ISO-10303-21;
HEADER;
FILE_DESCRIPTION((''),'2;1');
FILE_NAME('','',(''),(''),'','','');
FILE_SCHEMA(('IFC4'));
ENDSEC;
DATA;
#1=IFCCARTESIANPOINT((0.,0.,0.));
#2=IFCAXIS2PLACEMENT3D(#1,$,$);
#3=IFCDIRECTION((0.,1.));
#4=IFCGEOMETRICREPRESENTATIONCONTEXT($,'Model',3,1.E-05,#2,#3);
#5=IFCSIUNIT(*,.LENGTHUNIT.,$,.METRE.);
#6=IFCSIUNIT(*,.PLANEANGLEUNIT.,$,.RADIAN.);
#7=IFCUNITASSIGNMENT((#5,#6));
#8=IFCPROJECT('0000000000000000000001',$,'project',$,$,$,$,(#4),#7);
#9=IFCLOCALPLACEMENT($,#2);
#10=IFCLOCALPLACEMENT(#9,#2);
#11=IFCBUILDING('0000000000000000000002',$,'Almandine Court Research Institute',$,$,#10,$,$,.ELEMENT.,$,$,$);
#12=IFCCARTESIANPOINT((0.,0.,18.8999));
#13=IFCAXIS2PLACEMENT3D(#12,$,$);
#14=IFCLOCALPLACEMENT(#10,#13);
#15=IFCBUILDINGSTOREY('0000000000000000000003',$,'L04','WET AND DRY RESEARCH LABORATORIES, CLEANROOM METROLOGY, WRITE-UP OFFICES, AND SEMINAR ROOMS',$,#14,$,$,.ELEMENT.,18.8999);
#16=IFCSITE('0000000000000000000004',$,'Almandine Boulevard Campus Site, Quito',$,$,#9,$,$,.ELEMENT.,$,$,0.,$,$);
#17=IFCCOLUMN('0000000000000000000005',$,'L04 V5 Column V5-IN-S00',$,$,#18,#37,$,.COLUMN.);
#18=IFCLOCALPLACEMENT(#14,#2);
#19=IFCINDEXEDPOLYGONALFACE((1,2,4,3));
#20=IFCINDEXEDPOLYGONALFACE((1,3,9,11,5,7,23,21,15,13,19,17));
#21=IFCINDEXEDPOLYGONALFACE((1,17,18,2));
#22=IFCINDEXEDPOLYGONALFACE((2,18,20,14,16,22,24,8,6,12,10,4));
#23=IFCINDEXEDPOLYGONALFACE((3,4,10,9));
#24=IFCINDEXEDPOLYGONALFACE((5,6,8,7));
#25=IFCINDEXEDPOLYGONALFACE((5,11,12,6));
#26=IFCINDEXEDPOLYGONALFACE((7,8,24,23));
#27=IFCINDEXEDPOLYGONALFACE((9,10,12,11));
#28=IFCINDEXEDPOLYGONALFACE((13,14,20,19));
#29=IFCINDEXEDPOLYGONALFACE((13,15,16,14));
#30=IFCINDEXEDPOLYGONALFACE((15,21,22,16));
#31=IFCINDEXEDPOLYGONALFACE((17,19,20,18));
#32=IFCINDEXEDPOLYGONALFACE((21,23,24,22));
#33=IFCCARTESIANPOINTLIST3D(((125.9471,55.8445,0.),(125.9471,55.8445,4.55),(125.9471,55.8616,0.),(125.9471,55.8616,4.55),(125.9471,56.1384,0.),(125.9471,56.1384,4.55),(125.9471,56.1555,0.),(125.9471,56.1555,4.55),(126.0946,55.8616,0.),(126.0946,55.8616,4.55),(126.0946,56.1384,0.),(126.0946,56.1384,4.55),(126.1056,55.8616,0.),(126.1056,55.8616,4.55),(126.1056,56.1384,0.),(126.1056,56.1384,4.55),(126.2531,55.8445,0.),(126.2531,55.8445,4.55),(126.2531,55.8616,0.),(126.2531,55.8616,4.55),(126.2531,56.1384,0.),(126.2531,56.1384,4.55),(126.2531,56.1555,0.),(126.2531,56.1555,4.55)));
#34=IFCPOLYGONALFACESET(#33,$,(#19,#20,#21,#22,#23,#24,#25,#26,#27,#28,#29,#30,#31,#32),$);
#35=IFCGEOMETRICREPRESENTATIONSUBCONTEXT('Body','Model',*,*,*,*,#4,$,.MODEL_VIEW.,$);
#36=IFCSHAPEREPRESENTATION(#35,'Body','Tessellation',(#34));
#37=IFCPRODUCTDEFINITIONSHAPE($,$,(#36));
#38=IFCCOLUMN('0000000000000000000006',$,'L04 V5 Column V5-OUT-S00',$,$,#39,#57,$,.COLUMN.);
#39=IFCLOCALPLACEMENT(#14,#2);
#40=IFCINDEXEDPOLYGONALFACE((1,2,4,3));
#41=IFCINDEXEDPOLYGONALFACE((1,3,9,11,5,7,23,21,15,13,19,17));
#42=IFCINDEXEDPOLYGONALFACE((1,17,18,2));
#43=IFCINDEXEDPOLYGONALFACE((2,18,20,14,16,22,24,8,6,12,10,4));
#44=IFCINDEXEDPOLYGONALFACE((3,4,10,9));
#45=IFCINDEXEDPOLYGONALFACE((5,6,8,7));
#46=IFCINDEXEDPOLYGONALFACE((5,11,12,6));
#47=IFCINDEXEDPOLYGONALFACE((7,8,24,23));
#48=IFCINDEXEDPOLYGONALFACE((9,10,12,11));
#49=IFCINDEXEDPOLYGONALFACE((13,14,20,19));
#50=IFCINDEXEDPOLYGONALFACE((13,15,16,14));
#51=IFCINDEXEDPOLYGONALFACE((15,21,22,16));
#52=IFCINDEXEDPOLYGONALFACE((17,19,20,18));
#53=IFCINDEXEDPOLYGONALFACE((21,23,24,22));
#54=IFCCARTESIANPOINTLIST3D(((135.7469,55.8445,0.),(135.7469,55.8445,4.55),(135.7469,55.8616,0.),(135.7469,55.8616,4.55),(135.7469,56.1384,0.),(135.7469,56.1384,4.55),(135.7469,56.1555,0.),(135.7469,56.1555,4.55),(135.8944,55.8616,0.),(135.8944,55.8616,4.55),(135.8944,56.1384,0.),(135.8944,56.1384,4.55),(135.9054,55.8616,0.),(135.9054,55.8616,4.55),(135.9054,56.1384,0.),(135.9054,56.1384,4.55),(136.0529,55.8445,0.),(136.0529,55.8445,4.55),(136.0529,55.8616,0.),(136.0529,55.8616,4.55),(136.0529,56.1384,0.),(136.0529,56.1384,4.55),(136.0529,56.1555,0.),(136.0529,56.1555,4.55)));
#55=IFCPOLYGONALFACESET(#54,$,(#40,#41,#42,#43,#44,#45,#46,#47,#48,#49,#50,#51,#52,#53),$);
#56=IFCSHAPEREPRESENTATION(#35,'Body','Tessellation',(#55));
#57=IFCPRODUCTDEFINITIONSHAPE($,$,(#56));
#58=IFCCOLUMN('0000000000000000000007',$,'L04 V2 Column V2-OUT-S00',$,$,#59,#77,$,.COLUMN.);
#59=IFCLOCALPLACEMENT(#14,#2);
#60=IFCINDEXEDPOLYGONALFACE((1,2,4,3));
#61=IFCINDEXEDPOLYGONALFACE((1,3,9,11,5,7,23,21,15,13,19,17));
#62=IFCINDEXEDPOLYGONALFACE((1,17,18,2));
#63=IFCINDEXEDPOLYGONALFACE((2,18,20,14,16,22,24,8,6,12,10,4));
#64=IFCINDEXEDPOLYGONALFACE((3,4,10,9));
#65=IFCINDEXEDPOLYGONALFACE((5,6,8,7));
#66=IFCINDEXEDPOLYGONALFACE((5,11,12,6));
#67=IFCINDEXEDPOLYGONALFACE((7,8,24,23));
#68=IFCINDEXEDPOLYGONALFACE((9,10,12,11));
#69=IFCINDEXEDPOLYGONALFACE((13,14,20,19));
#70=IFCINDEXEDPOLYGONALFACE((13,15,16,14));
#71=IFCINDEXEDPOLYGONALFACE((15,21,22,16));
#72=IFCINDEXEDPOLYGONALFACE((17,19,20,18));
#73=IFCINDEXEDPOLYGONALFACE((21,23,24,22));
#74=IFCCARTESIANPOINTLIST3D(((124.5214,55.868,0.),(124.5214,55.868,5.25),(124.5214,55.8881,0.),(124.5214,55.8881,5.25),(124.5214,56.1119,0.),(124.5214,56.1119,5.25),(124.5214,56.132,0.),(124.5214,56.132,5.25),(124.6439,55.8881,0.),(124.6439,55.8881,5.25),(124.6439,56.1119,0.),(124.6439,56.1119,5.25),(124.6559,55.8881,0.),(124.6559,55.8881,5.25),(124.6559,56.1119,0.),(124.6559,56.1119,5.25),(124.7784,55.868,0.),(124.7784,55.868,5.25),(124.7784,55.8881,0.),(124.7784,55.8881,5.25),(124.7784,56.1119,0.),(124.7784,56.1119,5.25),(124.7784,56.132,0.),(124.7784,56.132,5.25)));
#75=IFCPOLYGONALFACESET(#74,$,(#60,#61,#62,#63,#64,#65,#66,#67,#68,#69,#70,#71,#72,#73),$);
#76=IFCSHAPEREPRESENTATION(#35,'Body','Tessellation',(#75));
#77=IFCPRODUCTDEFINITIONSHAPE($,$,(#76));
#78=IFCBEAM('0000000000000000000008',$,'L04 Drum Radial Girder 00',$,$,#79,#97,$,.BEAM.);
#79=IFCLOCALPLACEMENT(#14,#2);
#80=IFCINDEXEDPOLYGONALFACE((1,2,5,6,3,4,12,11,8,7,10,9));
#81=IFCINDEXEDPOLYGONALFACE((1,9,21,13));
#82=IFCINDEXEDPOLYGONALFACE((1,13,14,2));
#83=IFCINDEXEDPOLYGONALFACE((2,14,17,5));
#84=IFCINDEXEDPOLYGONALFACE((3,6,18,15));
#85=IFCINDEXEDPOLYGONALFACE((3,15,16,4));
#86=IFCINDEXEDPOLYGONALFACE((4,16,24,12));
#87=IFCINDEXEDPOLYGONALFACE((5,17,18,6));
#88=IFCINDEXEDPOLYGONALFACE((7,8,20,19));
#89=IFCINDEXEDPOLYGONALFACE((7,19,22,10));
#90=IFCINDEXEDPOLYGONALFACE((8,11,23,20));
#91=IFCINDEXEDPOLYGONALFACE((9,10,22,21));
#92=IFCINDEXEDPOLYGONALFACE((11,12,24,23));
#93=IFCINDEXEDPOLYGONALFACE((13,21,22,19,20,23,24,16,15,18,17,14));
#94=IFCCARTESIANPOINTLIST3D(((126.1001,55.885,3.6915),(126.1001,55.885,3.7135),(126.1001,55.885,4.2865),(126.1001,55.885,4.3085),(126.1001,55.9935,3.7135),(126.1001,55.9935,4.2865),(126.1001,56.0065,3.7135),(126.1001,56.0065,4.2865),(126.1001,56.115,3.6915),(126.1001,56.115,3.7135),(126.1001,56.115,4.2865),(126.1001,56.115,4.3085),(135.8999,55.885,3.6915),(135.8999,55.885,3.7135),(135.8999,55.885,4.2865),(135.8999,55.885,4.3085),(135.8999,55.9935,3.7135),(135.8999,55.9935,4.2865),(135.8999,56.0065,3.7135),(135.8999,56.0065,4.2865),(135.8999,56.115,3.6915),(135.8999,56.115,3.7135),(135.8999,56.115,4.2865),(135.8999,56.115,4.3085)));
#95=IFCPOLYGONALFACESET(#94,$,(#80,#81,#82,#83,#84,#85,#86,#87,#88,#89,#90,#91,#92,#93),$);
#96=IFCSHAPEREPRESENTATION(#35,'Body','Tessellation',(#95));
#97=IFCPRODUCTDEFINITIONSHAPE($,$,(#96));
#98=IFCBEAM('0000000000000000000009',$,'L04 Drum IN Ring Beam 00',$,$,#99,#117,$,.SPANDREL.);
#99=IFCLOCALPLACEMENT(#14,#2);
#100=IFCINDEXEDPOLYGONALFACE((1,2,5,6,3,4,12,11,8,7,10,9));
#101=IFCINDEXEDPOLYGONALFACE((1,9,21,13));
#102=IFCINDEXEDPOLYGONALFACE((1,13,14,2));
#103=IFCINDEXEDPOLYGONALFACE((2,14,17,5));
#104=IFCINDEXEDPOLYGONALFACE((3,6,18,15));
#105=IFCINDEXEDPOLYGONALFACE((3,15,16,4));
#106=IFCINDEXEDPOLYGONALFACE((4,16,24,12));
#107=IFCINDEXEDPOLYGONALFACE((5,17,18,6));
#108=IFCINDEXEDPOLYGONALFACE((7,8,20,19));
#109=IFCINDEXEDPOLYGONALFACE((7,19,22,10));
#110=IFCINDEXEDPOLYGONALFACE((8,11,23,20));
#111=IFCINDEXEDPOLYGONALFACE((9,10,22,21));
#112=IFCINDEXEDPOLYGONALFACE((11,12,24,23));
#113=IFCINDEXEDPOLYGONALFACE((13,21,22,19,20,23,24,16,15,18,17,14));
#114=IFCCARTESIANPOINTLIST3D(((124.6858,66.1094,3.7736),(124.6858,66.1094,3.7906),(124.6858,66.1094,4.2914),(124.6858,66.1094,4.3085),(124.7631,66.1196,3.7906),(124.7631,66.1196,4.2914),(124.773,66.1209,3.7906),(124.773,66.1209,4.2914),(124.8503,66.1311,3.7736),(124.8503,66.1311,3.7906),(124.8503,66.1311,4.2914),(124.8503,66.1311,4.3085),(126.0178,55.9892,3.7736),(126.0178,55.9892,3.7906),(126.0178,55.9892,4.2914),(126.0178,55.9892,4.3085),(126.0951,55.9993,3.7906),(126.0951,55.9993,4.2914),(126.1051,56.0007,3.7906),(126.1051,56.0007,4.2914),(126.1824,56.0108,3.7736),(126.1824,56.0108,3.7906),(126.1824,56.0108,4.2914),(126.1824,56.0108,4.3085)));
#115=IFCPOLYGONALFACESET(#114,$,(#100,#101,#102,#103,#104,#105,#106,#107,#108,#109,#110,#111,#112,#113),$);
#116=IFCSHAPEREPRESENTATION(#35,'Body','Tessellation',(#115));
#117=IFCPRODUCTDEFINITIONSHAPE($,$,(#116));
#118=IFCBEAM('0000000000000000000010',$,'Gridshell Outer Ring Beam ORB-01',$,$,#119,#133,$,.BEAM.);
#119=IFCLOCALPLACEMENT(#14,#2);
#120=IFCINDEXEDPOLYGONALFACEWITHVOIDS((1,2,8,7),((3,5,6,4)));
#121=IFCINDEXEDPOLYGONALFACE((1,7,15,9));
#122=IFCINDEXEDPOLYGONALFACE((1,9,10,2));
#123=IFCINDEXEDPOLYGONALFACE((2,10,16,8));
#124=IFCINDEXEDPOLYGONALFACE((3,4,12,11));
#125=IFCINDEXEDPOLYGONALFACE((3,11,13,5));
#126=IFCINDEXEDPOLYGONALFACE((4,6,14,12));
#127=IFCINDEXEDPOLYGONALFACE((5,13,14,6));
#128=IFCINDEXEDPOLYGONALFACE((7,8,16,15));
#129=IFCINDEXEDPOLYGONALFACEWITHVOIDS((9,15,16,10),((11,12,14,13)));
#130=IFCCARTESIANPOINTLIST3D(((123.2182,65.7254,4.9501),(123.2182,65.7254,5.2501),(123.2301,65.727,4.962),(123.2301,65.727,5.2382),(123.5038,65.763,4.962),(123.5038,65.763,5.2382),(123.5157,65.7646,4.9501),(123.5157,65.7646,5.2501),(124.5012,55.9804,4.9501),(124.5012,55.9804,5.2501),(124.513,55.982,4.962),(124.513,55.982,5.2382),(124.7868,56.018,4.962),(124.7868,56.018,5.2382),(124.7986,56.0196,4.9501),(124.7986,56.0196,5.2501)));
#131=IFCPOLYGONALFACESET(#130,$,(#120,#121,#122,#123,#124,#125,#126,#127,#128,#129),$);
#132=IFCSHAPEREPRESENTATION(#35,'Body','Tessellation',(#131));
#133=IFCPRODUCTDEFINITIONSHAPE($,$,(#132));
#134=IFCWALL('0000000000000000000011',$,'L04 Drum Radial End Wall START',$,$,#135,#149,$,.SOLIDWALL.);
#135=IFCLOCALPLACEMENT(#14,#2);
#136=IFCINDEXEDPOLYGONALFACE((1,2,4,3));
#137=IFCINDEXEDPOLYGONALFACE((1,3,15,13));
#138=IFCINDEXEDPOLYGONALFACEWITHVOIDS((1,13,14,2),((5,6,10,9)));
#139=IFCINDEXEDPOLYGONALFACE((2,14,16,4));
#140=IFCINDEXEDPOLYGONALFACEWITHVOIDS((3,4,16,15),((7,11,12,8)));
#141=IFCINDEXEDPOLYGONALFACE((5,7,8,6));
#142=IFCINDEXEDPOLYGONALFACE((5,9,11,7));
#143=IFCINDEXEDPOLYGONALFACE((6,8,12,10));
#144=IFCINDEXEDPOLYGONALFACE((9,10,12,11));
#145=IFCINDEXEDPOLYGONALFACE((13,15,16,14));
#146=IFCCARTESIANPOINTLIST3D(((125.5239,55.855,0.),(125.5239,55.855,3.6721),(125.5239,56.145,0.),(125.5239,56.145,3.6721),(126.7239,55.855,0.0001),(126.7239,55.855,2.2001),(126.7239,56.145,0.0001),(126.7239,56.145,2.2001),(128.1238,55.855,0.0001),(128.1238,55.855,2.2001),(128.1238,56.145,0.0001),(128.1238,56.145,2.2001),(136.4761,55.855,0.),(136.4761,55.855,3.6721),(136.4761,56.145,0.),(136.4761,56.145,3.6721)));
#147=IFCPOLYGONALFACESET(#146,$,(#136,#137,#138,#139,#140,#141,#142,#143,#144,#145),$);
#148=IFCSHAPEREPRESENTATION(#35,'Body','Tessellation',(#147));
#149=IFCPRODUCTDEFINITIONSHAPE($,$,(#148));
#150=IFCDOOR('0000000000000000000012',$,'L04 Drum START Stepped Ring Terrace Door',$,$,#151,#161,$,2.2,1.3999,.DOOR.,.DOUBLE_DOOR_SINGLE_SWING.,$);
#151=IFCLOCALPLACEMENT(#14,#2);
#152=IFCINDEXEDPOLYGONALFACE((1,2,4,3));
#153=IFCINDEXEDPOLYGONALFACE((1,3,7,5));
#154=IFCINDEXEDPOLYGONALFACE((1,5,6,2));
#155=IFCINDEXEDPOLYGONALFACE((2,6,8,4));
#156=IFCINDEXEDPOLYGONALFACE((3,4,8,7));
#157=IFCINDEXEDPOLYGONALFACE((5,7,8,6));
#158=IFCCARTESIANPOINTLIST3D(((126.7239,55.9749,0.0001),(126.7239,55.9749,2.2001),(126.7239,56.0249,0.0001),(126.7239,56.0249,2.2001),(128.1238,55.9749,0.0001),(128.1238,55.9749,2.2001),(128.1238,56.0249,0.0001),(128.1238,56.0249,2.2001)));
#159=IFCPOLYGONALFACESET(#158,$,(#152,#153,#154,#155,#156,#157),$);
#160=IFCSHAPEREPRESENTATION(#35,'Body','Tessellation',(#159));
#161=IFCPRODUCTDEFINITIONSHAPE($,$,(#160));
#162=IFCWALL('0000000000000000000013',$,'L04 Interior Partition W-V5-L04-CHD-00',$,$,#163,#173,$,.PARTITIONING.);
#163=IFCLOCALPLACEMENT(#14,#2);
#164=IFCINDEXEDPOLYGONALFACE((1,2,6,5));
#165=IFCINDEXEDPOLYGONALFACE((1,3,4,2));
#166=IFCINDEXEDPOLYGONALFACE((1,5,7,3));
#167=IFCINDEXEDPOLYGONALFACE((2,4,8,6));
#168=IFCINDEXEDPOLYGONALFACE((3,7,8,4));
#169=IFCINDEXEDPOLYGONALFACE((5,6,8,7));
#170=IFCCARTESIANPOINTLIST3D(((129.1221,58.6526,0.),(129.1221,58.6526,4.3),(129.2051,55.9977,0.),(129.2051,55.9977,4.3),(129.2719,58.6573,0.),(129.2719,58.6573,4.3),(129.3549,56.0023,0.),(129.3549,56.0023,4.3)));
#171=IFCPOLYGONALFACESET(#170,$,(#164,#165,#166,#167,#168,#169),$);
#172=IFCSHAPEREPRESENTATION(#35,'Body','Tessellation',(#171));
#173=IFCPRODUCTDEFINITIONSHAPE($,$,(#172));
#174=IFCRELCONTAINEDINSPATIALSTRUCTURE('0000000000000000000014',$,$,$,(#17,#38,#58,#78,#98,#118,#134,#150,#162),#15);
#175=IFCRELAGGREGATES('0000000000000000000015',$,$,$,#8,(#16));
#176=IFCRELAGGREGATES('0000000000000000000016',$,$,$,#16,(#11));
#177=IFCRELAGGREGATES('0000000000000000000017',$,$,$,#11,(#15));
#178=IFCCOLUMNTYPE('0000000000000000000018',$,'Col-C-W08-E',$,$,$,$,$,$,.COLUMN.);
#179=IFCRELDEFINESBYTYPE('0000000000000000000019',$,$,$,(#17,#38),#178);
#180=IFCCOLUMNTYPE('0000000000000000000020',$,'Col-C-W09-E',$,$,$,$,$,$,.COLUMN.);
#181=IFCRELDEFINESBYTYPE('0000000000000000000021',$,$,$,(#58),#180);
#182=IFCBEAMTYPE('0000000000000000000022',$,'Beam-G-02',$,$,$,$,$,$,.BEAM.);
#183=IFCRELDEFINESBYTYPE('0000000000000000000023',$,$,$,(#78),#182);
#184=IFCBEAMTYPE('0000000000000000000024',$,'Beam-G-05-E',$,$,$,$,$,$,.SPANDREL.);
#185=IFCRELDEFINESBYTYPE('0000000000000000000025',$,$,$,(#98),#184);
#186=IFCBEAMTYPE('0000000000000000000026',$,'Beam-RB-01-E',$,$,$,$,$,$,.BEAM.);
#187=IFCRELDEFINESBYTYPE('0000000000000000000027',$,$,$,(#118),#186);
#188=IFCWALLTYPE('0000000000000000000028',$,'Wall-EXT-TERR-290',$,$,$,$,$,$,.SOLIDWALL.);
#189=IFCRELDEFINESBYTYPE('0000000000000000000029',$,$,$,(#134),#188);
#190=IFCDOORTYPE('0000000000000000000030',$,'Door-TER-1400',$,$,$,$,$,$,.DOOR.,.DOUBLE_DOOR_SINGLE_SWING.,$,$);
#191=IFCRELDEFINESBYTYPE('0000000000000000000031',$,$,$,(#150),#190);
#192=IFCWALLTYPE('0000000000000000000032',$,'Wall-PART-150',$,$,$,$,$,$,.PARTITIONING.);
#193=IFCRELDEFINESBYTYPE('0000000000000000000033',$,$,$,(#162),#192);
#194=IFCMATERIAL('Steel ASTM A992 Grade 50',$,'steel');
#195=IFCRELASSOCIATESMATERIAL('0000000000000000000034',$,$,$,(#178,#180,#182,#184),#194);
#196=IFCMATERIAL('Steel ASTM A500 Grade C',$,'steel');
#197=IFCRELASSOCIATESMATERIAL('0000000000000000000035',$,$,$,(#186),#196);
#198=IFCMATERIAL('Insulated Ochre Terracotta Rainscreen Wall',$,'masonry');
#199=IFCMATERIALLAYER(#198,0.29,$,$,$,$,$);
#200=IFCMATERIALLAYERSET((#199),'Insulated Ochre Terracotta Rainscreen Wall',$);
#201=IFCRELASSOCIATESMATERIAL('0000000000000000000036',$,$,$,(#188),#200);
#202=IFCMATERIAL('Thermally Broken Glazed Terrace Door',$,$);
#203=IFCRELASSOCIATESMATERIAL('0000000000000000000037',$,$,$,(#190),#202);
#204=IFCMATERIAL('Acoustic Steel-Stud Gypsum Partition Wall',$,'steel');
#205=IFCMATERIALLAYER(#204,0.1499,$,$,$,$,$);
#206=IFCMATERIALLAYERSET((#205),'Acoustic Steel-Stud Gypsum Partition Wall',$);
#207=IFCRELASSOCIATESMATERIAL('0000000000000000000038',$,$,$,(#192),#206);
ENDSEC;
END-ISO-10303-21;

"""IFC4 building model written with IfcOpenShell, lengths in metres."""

from ifc_helpers import new_model, si_unit, direction, frame, frame_2d, origin, origin_2d, place, context, subcontext, project, spatial, rectangle, hollow_rectangle, i_section, extrude, material, layer, layer_set, material_profile, profile_set, type_object, element, fill, save


model = new_model("IFC4")

# Units and contexts
model_context = context("Model", 3, precision=1e-05, world=origin(), true_north=direction((0.0, 1.0)))
body_context = subcontext(model_context, "Body", "Model", "MODEL_VIEW")
ifc_project = project(units=[si_unit("LENGTHUNIT", "METRE"), si_unit("PLANEANGLEUNIT", "RADIAN")], contexts=[model_context])

# Site, building, storey
site_placement = place(None, origin())
site = spatial("IfcSite", under=ifc_project, at=site_placement, Name="Almandine Boulevard Campus Site, Quito", CompositionType="ELEMENT", RefElevation=0.0)
building_placement = place(site_placement, origin())
building = spatial("IfcBuilding", under=site, at=building_placement, Name="Almandine Court Research Institute", CompositionType="ELEMENT")
storey_placement = place(building_placement, frame((0.0, 0.0, 18.8999)))
storey = spatial("IfcBuildingStorey", under=building, at=storey_placement, Name="L04", Description="WET AND DRY RESEARCH LABORATORIES, CLEANROOM METROLOGY, WRITE-UP OFFICES, AND SEMINAR ROOMS", CompositionType="ELEMENT", Elevation=18.8999)

# Columns
ifc_material_1 = material(Name="Steel ASTM A992 Grade 50", Category="steel")
ifc_material_profile_1 = material_profile(ifc_material_1, i_section(OverallWidth=0.3059, OverallDepth=0.311, WebThickness=0.011, FlangeThickness=0.0171, at=origin_2d()), Name="W310x107")
ifc_profile_set_1 = profile_set([ifc_material_profile_1], Name="Steel ASTM A992 Grade 50")
column_type_1 = type_object("IfcColumnType", Name="Col-C-W08-E", PredefinedType="COLUMN", material=ifc_profile_set_1)
for number, where, z_axis, x_axis, name in (
    (1, (126.1001, 56.0, 0.0), (0.0, 0.0, 1.0), (1.0, 0.0, 0.0), "L04 V5 Column V5-IN-S00"),
    (2, (135.8999, 56.0, 0.0), (0.0, 0.0, 1.0), (1.0, 0.0, 0.0), "L04 V5 Column V5-OUT-S00"),
):
    element("IfcColumn", number, at=place(storey_placement, frame(where, z_axis=z_axis, x_axis=x_axis)), inside=storey, type_object=column_type_1, Name=name, PredefinedType="COLUMN", context=body_context, shape_type="SweptSolid", body=[
        extrude(i_section(OverallWidth=0.3059, OverallDepth=0.311, WebThickness=0.011, FlangeThickness=0.0171, at=origin_2d()), origin(), (0.0, 0.0, 1.0), 4.55),
    ])
ifc_material_profile_2 = material_profile(ifc_material_1, i_section(OverallWidth=0.2571, OverallDepth=0.2639, WebThickness=0.012, FlangeThickness=0.02, at=origin_2d()), Name="W250x101")
ifc_profile_set_2 = profile_set([ifc_material_profile_2], Name="Steel ASTM A992 Grade 50")
column_type_2 = type_object("IfcColumnType", Name="Col-C-W09-E", PredefinedType="COLUMN", material=ifc_profile_set_2)
column_placement = place(storey_placement, frame((124.6499, 56.0, 0.0), z_axis=(0.0, 0.0, 1.0), x_axis=(1.0, 0.0, 0.0)))
element("IfcColumn", 3, at=column_placement, inside=storey, type_object=column_type_2, Name="L04 V2 Column V2-OUT-S00", PredefinedType="COLUMN", context=body_context, shape_type="SweptSolid", body=[
    extrude(i_section(OverallWidth=0.2571, OverallDepth=0.2639, WebThickness=0.012, FlangeThickness=0.02, at=origin_2d()), origin(), (0.0, 0.0, 1.0), 5.25),
])

# Beams
ifc_material_profile_3 = material_profile(ifc_material_1, i_section(OverallWidth=0.23, OverallDepth=0.6169, WebThickness=0.0129, FlangeThickness=0.022, at=origin_2d()), Name="W610x140")
ifc_profile_set_3 = profile_set([ifc_material_profile_3], Name="Steel ASTM A992 Grade 50")
beam_type_1 = type_object("IfcBeamType", Name="Beam-G-02", PredefinedType="BEAM", material=ifc_profile_set_3)
beam_1_placement = place(storey_placement, frame((126.1001, 56.0, 4.0), z_axis=(1.0, 0.0, 0.0), x_axis=(0.0, 1.0, 0.0)))
element("IfcBeam", 4, at=beam_1_placement, inside=storey, type_object=beam_type_1, Name="L04 Drum Radial Girder 00", PredefinedType="BEAM", context=body_context, shape_type="SweptSolid", body=[
    extrude(i_section(OverallWidth=0.23, OverallDepth=0.6169, WebThickness=0.0129, FlangeThickness=0.022, at=origin_2d()), origin(), (0.0, 0.0, 1.0), 9.7998),
])
ifc_material_profile_4 = material_profile(ifc_material_1, i_section(OverallWidth=0.166, OverallDepth=0.5349, WebThickness=0.01, FlangeThickness=0.0171, at=origin_2d()), Name="W530x85")
ifc_profile_set_4 = profile_set([ifc_material_profile_4], Name="Steel ASTM A992 Grade 50")
beam_type_2 = type_object("IfcBeamType", Name="Beam-G-05-E", PredefinedType="SPANDREL", material=ifc_profile_set_4)
beam_2_placement = place(storey_placement, frame((126.1001, 56.0, 4.041), z_axis=(-0.130497, 0.991449, 0.0), x_axis=(-0.991449, -0.130497, 0.0)))
element("IfcBeam", 5, at=beam_2_placement, inside=storey, type_object=beam_type_2, Name="L04 Drum IN Ring Beam 00", PredefinedType="SPANDREL", context=body_context, shape_type="SweptSolid", body=[
    extrude(i_section(OverallWidth=0.166, OverallDepth=0.5349, WebThickness=0.01, FlangeThickness=0.0171, at=origin_2d()), origin(), (0.0, 0.0, 1.0), 10.2075),
])
ifc_material_2 = material(Name="Steel ASTM A500 Grade C", Category="steel")
ifc_material_profile_5 = material_profile(ifc_material_2, hollow_rectangle(XDim=0.3, YDim=0.3, WallThickness=0.012, at=origin_2d()), Name="HSS 300x300x12")
ifc_profile_set_5 = profile_set([ifc_material_profile_5], Name="Steel ASTM A500 Grade C")
beam_type_3 = type_object("IfcBeamType", Name="Beam-RB-01-E", PredefinedType="BEAM", material=ifc_profile_set_5)
beam_3_placement = place(storey_placement, frame((124.6499, 56.0, 5.1001), z_axis=(-0.130525, 0.991445, 0.0), x_axis=(-0.991445, -0.130525, 0.0)))
element("IfcBeam", 6, at=beam_3_placement, inside=storey, type_object=beam_type_3, Name="Gridshell Outer Ring Beam ORB-01", PredefinedType="BEAM", context=body_context, shape_type="SweptSolid", body=[
    extrude(hollow_rectangle(XDim=0.3, YDim=0.3, WallThickness=0.012, at=origin_2d()), origin(), (0.0, 0.0, 1.0), 9.8291),
])

# Wall, opening, door
ifc_material_3 = material(Name="Insulated Ochre Terracotta Rainscreen Wall", Category="masonry")
ifc_layer_1 = layer(ifc_material_3, 0.29)
ifc_layer_set_1 = layer_set([ifc_layer_1], Name="Insulated Ochre Terracotta Rainscreen Wall")
wall_type_1 = type_object("IfcWallType", Name="Wall-EXT-TERR-290", PredefinedType="SOLIDWALL", material=ifc_layer_set_1)
wall_1_placement = place(storey_placement, frame((125.5239, 56.0, 0.0), z_axis=(0.0, 0.0, 1.0), x_axis=(1.0, 0.0, 0.0)))
wall_1 = element("IfcWall", 7, at=wall_1_placement, inside=storey, type_object=wall_type_1, Name="L04 Drum Radial End Wall START", PredefinedType="SOLIDWALL", context=body_context, shape_type="SweptSolid", body=[
    extrude(rectangle(XDim=10.9521, YDim=0.29, at=frame_2d((5.4761, 0.0))), origin(), (0.0, 0.0, 1.0), 3.6721),
])
opening_placement = place(wall_1_placement, frame((1.2, 0.0, 0.0)))
opening = element("IfcOpeningElement", 8, at=opening_placement, cuts=wall_1, PredefinedType="OPENING", context=body_context, shape_type="SweptSolid", body=[
    extrude(rectangle(XDim=1.3999, YDim=2.2, at=frame_2d((0.7, 1.1001))), frame((0.0, 0.155, 0.0), z_axis=(0.0, -1.0, 0.0), x_axis=(1.0, 0.0, 0.0)), (0.0, 0.0, 1.0), 0.3101),
])
ifc_material_4 = material(Name="Thermally Broken Glazed Terrace Door")
door_type = type_object("IfcDoorType", Name="Door-TER-1400", OperationType="DOUBLE_DOOR_SINGLE_SWING", PredefinedType="DOOR", material=ifc_material_4)
door_placement = place(opening_placement, origin())
door = element("IfcDoor", 9, at=door_placement, inside=storey, type_object=door_type, Name="L04 Drum START Stepped Ring Terrace Door", OperationType="DOUBLE_DOOR_SINGLE_SWING", OverallHeight=2.2, OverallWidth=1.3999, PredefinedType="DOOR", context=body_context, shape_type="SweptSolid", body=[
    extrude(rectangle(XDim=1.3999, YDim=2.2, at=frame_2d((0.7, 1.1001))), frame((0.0, 0.0249, 0.0), z_axis=(0.0, -1.0, 0.0), x_axis=(1.0, 0.0, 0.0)), (0.0, 0.0, 1.0), 0.05),
])
fill(opening, door)

# Wall
ifc_material_5 = material(Name="Acoustic Steel-Stud Gypsum Partition Wall", Category="steel")
ifc_layer_2 = layer(ifc_material_5, 0.1499)
ifc_layer_set_2 = layer_set([ifc_layer_2], Name="Acoustic Steel-Stud Gypsum Partition Wall")
wall_type_2 = type_object("IfcWallType", Name="Wall-PART-150", PredefinedType="PARTITIONING", material=ifc_layer_set_2)
wall_2_placement = place(storey_placement, frame((129.28, 56.0, 0.0), z_axis=(0.0, 0.0, 1.0), x_axis=(-0.031249, 0.999512, 0.0)))
element("IfcWall", 10, at=wall_2_placement, inside=storey, type_object=wall_type_2, Name="L04 Interior Partition W-V5-L04-CHD-00", PredefinedType="PARTITIONING", context=body_context, shape_type="SweptSolid", body=[
    extrude(rectangle(XDim=2.6562, YDim=0.1499, at=frame_2d((1.3281, 0.0))), origin(), (0.0, 0.0, 1.0), 4.3),
])

save(model, "model.ifc")
